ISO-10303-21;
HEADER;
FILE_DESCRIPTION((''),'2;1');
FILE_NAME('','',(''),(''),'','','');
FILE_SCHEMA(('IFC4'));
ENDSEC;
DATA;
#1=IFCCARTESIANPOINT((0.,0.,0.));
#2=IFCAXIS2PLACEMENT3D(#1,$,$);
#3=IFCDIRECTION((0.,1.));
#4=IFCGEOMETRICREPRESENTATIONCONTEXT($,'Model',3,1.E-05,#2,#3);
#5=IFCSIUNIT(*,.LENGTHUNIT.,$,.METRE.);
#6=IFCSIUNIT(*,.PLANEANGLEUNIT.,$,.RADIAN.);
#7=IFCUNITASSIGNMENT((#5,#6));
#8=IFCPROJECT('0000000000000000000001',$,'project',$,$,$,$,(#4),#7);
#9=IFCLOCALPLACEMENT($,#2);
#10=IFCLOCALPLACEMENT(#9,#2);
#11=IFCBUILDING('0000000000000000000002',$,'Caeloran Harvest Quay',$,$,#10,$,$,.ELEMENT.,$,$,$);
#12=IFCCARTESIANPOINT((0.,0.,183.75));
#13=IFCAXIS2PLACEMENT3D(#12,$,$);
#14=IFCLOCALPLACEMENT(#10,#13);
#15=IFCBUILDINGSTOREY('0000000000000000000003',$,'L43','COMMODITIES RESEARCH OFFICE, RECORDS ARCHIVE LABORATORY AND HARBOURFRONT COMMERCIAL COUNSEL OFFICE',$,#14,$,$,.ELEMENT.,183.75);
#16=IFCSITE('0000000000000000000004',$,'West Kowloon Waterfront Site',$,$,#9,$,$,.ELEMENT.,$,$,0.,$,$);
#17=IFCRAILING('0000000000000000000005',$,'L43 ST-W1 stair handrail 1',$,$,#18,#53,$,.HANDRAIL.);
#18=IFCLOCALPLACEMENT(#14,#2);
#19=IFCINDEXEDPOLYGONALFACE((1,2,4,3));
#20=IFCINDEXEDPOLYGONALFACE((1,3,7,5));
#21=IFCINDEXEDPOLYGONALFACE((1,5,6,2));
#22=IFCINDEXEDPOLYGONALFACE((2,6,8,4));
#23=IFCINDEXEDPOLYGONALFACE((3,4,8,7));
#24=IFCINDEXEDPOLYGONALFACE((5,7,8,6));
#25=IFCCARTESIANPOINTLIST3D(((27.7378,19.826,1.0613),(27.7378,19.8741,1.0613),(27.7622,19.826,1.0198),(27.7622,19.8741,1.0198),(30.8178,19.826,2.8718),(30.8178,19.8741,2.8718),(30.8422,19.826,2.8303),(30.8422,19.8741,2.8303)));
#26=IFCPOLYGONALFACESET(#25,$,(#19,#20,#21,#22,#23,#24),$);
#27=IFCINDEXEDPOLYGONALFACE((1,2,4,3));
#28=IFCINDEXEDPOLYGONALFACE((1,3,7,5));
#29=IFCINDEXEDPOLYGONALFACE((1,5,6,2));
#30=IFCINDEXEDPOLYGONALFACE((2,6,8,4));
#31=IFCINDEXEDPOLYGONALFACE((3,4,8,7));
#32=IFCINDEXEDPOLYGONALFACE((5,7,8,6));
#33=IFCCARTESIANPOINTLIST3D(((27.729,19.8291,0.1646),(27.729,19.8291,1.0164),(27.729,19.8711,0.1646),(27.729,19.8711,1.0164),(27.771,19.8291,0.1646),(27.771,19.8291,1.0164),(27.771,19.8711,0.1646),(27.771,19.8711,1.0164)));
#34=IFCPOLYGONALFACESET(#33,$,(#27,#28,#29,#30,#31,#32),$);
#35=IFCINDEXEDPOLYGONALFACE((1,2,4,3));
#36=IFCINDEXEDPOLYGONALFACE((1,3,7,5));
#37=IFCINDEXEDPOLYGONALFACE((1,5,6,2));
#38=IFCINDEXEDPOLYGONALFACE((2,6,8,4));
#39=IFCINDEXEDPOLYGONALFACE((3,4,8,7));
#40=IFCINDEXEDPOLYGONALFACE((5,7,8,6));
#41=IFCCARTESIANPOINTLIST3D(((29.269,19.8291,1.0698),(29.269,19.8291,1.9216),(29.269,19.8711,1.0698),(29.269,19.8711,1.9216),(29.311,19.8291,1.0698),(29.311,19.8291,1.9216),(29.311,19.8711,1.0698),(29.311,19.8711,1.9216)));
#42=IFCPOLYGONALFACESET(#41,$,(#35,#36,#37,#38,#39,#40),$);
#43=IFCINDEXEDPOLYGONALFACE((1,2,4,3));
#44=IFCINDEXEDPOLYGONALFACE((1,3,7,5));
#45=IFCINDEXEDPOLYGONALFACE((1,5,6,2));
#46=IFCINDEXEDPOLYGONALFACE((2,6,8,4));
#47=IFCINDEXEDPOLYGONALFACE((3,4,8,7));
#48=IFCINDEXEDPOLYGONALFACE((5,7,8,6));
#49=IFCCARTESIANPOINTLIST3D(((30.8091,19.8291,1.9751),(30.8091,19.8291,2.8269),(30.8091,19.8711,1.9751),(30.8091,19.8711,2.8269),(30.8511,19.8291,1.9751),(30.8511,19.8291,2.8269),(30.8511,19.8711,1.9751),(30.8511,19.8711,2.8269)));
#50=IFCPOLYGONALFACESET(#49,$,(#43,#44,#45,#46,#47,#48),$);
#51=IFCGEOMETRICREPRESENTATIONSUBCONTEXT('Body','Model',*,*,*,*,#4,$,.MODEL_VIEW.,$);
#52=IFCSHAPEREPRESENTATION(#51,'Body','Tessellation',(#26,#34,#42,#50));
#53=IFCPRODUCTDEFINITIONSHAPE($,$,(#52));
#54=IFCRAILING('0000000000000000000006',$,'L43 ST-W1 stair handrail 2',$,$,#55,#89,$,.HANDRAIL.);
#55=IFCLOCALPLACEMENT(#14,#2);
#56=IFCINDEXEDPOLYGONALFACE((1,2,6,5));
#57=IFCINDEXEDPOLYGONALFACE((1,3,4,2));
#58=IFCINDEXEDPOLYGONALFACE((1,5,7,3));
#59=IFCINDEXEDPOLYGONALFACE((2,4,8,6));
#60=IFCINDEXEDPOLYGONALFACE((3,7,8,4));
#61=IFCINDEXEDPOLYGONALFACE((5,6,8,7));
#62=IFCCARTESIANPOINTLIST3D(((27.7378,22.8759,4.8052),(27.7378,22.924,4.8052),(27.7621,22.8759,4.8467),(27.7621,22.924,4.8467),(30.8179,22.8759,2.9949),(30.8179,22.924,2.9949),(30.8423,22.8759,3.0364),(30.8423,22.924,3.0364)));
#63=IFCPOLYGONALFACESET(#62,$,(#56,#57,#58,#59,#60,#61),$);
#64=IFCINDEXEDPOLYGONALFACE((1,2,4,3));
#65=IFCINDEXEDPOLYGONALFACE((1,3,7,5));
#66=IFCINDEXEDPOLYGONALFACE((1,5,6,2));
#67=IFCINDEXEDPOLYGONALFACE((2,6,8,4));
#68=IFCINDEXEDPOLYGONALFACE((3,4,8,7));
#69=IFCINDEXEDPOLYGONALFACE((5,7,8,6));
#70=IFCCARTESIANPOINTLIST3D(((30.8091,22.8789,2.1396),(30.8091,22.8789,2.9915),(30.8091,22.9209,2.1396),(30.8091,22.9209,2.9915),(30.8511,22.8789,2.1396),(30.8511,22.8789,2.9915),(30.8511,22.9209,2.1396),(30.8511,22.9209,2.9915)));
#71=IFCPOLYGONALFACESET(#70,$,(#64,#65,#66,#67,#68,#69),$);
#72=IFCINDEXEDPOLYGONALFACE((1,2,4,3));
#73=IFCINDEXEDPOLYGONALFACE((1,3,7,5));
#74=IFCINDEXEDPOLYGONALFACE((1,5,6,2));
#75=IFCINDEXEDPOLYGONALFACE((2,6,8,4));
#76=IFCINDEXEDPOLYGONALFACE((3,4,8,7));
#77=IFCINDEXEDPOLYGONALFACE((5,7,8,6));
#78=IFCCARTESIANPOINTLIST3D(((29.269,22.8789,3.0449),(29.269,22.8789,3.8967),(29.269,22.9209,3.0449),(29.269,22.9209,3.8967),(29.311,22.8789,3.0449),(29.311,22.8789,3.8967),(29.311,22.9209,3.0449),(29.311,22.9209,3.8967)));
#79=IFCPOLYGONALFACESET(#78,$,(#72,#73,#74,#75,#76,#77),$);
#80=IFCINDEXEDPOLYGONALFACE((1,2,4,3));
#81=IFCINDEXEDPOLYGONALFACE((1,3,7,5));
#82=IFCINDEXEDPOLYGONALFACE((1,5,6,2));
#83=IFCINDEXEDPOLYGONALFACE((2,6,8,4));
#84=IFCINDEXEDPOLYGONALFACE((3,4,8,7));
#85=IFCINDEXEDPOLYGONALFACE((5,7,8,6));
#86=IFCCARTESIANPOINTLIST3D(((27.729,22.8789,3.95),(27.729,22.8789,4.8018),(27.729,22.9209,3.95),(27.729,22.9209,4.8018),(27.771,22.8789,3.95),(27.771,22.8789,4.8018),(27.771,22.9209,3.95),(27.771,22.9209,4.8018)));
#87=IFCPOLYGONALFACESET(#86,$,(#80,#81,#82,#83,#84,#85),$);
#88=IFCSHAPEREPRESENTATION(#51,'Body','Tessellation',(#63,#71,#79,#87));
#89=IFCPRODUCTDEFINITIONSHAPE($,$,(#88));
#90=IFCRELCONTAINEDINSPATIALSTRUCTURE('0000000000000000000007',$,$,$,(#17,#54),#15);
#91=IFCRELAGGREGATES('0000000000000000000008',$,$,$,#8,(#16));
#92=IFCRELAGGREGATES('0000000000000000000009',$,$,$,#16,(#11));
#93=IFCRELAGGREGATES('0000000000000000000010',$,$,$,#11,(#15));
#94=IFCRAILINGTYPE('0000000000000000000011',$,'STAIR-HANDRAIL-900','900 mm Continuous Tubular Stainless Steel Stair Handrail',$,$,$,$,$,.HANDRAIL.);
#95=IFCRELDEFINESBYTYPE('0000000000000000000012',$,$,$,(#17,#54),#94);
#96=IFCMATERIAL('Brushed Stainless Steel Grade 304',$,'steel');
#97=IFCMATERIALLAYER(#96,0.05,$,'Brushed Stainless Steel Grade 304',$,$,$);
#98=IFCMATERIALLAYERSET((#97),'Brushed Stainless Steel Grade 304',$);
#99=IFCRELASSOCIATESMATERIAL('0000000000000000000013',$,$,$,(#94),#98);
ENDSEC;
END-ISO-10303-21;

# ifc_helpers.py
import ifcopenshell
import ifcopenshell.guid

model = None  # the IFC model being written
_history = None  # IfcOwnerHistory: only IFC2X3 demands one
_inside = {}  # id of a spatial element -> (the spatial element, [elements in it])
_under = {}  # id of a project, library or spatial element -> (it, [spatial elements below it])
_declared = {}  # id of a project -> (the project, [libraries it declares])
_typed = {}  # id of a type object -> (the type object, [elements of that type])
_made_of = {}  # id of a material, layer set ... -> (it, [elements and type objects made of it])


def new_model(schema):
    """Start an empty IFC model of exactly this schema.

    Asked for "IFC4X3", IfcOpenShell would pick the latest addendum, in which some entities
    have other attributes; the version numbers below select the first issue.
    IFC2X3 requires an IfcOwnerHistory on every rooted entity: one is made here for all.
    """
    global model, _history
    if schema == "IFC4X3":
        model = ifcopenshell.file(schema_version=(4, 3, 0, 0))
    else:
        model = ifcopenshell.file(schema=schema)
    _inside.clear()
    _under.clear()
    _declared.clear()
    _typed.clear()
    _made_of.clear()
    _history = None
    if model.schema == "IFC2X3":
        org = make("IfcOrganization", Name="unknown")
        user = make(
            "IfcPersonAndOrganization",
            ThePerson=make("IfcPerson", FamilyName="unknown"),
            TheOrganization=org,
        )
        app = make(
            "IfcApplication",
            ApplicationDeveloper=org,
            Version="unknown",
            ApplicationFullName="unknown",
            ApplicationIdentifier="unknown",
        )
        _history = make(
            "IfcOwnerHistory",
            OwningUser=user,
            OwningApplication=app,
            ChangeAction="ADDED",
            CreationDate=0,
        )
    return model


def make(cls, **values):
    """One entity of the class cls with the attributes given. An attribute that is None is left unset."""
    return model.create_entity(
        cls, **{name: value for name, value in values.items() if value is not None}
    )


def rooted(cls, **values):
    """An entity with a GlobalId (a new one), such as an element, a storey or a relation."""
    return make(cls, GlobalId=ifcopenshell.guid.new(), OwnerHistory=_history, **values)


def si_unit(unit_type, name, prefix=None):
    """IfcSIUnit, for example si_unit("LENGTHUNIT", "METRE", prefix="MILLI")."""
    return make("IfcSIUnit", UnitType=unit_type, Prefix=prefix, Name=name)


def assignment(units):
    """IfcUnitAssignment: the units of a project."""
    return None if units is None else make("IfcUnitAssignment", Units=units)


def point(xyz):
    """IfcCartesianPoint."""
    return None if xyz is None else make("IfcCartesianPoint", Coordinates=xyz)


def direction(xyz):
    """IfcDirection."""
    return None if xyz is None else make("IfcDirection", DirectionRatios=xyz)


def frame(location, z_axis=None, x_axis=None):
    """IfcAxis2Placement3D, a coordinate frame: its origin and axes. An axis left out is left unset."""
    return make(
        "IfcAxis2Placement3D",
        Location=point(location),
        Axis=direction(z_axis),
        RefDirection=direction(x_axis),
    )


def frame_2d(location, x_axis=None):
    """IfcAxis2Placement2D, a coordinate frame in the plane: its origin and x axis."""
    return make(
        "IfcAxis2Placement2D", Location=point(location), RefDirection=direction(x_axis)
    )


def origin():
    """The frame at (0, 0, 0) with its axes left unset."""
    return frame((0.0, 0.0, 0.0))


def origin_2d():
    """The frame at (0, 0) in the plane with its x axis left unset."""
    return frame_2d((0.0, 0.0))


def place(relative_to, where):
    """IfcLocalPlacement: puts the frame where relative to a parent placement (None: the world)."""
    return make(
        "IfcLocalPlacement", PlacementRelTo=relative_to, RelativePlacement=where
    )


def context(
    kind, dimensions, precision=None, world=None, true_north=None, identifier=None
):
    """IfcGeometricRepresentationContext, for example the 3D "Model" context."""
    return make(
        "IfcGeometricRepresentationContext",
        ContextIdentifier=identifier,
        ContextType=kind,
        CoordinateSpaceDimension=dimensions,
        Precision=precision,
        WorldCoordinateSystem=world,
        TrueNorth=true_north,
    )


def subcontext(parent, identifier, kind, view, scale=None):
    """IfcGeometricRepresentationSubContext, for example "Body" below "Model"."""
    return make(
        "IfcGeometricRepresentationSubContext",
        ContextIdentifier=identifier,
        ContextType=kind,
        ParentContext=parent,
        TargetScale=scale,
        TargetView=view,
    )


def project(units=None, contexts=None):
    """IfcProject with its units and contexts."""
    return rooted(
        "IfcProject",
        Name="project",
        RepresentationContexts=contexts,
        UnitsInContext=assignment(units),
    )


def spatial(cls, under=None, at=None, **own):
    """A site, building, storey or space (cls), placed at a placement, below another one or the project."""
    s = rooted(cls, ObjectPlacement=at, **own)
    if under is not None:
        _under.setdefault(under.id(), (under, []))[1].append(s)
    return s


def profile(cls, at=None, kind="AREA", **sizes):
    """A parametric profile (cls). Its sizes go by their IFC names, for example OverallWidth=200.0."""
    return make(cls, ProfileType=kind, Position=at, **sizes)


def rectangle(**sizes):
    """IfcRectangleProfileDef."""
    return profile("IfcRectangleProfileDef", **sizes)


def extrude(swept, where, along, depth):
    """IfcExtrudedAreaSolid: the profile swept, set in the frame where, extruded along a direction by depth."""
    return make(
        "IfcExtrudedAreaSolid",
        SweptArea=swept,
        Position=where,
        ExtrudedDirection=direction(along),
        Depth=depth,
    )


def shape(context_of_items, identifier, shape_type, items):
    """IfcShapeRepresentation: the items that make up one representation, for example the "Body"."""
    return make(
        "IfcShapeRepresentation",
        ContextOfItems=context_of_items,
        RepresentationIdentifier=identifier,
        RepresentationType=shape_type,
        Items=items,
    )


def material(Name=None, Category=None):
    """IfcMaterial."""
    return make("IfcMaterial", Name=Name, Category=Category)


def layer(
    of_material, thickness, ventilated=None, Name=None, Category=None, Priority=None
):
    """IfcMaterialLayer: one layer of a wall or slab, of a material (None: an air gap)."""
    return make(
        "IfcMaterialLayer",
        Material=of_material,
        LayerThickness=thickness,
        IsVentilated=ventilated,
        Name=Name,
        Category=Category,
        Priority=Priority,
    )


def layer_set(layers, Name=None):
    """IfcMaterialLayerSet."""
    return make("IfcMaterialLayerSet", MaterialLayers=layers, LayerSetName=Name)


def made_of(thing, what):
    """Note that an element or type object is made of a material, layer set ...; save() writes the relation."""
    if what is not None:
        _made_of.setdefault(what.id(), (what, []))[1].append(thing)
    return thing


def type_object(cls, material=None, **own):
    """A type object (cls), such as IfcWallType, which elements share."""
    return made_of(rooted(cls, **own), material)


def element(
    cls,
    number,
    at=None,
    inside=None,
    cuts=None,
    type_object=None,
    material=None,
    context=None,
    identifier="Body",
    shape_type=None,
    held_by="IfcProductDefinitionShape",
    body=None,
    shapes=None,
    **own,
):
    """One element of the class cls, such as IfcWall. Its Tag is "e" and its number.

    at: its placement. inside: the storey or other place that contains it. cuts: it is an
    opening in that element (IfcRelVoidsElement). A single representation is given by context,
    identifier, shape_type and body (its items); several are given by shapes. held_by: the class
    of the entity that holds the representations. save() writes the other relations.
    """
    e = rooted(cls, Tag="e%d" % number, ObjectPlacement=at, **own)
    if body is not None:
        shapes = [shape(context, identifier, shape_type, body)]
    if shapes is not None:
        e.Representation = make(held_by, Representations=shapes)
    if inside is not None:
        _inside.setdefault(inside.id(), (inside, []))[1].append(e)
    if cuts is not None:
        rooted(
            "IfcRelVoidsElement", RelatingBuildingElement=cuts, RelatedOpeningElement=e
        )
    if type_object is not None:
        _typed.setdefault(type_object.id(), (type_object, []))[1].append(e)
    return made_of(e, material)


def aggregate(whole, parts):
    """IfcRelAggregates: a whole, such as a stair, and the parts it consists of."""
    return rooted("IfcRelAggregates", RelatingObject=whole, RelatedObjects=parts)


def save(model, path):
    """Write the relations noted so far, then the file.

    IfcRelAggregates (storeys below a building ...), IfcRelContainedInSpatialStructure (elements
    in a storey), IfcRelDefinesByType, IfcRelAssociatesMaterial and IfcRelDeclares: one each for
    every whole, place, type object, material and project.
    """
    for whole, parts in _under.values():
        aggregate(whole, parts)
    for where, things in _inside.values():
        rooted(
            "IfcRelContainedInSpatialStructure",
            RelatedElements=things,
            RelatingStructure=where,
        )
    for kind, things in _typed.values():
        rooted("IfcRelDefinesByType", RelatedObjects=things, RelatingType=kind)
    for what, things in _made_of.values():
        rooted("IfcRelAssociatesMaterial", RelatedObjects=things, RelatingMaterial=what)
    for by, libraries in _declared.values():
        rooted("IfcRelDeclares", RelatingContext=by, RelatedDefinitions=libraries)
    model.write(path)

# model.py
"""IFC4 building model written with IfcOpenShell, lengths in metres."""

from ifc_helpers import new_model, si_unit, direction, frame, origin, origin_2d, place, context, subcontext, project, spatial, rectangle, extrude, material, layer, layer_set, type_object, element, save


model = new_model("IFC4")

# Units and contexts
model_context = context("Model", 3, precision=1e-05, world=origin(), true_north=direction((0.0, 1.0)))
body_context = subcontext(model_context, "Body", "Model", "MODEL_VIEW")
ifc_project = project(units=[si_unit("LENGTHUNIT", "METRE"), si_unit("PLANEANGLEUNIT", "RADIAN")], contexts=[model_context])

# Site, building, storey
site_placement = place(None, origin())
site = spatial("IfcSite", under=ifc_project, at=site_placement, Name="West Kowloon Waterfront Site", CompositionType="ELEMENT", RefElevation=0.0)
building_placement = place(site_placement, origin())
building = spatial("IfcBuilding", under=site, at=building_placement, Name="Caeloran Harvest Quay", CompositionType="ELEMENT")
storey_placement = place(building_placement, frame((0.0, 0.0, 183.75)))
storey = spatial("IfcBuildingStorey", under=building, at=storey_placement, Name="L43", Description="COMMODITIES RESEARCH OFFICE, RECORDS ARCHIVE LABORATORY AND HARBOURFRONT COMMERCIAL COUNSEL OFFICE", CompositionType="ELEMENT", Elevation=183.75)

# Railings
ifc_material_1 = material(Name="Brushed Stainless Steel Grade 304", Category="steel")
ifc_layer_1 = layer(ifc_material_1, 0.05, Name="Brushed Stainless Steel Grade 304")
ifc_layer_set_1 = layer_set([ifc_layer_1], Name="Brushed Stainless Steel Grade 304")
railing_type_1 = type_object("IfcRailingType", Name="STAIR-HANDRAIL-900", Description="900 mm Continuous Tubular Stainless Steel Stair Handrail", PredefinedType="HANDRAIL", material=ifc_layer_set_1)
railing_1_placement = place(storey_placement, frame((27.75, 19.8501, 0.1646)))
element("IfcRailing", 1, at=railing_1_placement, inside=storey, type_object=railing_type_1, Name="L43 ST-W1 stair handrail 1", PredefinedType="HANDRAIL", context=body_context, shape_type="SweptSolid", body=[
    extrude(rectangle(XDim=0.0481, YDim=0.0481, at=origin_2d()), frame((0.0, 0.0, 0.876), z_axis=(0.862089, 0.0, 0.506757), x_axis=(0.0, 1.0, 0.0)), (0.0, 0.0, 1.0), 3.5728),
    extrude(rectangle(XDim=0.042, YDim=0.042, at=origin_2d()), origin(), (0.0, 0.0, 1.0), 0.8518),
    extrude(rectangle(XDim=0.042, YDim=0.042, at=origin_2d()), frame((1.54, 0.0, 0.9053)), (0.0, 0.0, 1.0), 0.8518),
    extrude(rectangle(XDim=0.042, YDim=0.042, at=origin_2d()), frame((3.0801, 0.0, 1.8105)), (0.0, 0.0, 1.0), 0.8518),
])
railing_2_placement = place(storey_placement, frame((30.8301, 22.8999, 2.1396)))
element("IfcRailing", 2, at=railing_2_placement, inside=storey, type_object=railing_type_1, Name="L43 ST-W1 stair handrail 2", PredefinedType="HANDRAIL", context=body_context, shape_type="SweptSolid", body=[
    extrude(rectangle(XDim=0.0481, YDim=0.0481, at=origin_2d()), frame((0.0, 0.0, 0.876), z_axis=(-0.862119, 0.0, 0.506707), x_axis=(0.0, -1.0, 0.0)), (0.0, 0.0, 1.0), 3.5728),
    extrude(rectangle(XDim=0.042, YDim=0.042, at=origin_2d()), origin(), (0.0, 0.0, 1.0), 0.8518),
    extrude(rectangle(XDim=0.042, YDim=0.042, at=origin_2d()), frame((-1.54, 0.0, 0.9053)), (0.0, 0.0, 1.0), 0.8518),
    extrude(rectangle(XDim=0.042, YDim=0.042, at=origin_2d()), frame((-3.0801, 0.0, 1.8103)), (0.0, 0.0, 1.0), 0.8518),
])

save(model, "model.ifc")
